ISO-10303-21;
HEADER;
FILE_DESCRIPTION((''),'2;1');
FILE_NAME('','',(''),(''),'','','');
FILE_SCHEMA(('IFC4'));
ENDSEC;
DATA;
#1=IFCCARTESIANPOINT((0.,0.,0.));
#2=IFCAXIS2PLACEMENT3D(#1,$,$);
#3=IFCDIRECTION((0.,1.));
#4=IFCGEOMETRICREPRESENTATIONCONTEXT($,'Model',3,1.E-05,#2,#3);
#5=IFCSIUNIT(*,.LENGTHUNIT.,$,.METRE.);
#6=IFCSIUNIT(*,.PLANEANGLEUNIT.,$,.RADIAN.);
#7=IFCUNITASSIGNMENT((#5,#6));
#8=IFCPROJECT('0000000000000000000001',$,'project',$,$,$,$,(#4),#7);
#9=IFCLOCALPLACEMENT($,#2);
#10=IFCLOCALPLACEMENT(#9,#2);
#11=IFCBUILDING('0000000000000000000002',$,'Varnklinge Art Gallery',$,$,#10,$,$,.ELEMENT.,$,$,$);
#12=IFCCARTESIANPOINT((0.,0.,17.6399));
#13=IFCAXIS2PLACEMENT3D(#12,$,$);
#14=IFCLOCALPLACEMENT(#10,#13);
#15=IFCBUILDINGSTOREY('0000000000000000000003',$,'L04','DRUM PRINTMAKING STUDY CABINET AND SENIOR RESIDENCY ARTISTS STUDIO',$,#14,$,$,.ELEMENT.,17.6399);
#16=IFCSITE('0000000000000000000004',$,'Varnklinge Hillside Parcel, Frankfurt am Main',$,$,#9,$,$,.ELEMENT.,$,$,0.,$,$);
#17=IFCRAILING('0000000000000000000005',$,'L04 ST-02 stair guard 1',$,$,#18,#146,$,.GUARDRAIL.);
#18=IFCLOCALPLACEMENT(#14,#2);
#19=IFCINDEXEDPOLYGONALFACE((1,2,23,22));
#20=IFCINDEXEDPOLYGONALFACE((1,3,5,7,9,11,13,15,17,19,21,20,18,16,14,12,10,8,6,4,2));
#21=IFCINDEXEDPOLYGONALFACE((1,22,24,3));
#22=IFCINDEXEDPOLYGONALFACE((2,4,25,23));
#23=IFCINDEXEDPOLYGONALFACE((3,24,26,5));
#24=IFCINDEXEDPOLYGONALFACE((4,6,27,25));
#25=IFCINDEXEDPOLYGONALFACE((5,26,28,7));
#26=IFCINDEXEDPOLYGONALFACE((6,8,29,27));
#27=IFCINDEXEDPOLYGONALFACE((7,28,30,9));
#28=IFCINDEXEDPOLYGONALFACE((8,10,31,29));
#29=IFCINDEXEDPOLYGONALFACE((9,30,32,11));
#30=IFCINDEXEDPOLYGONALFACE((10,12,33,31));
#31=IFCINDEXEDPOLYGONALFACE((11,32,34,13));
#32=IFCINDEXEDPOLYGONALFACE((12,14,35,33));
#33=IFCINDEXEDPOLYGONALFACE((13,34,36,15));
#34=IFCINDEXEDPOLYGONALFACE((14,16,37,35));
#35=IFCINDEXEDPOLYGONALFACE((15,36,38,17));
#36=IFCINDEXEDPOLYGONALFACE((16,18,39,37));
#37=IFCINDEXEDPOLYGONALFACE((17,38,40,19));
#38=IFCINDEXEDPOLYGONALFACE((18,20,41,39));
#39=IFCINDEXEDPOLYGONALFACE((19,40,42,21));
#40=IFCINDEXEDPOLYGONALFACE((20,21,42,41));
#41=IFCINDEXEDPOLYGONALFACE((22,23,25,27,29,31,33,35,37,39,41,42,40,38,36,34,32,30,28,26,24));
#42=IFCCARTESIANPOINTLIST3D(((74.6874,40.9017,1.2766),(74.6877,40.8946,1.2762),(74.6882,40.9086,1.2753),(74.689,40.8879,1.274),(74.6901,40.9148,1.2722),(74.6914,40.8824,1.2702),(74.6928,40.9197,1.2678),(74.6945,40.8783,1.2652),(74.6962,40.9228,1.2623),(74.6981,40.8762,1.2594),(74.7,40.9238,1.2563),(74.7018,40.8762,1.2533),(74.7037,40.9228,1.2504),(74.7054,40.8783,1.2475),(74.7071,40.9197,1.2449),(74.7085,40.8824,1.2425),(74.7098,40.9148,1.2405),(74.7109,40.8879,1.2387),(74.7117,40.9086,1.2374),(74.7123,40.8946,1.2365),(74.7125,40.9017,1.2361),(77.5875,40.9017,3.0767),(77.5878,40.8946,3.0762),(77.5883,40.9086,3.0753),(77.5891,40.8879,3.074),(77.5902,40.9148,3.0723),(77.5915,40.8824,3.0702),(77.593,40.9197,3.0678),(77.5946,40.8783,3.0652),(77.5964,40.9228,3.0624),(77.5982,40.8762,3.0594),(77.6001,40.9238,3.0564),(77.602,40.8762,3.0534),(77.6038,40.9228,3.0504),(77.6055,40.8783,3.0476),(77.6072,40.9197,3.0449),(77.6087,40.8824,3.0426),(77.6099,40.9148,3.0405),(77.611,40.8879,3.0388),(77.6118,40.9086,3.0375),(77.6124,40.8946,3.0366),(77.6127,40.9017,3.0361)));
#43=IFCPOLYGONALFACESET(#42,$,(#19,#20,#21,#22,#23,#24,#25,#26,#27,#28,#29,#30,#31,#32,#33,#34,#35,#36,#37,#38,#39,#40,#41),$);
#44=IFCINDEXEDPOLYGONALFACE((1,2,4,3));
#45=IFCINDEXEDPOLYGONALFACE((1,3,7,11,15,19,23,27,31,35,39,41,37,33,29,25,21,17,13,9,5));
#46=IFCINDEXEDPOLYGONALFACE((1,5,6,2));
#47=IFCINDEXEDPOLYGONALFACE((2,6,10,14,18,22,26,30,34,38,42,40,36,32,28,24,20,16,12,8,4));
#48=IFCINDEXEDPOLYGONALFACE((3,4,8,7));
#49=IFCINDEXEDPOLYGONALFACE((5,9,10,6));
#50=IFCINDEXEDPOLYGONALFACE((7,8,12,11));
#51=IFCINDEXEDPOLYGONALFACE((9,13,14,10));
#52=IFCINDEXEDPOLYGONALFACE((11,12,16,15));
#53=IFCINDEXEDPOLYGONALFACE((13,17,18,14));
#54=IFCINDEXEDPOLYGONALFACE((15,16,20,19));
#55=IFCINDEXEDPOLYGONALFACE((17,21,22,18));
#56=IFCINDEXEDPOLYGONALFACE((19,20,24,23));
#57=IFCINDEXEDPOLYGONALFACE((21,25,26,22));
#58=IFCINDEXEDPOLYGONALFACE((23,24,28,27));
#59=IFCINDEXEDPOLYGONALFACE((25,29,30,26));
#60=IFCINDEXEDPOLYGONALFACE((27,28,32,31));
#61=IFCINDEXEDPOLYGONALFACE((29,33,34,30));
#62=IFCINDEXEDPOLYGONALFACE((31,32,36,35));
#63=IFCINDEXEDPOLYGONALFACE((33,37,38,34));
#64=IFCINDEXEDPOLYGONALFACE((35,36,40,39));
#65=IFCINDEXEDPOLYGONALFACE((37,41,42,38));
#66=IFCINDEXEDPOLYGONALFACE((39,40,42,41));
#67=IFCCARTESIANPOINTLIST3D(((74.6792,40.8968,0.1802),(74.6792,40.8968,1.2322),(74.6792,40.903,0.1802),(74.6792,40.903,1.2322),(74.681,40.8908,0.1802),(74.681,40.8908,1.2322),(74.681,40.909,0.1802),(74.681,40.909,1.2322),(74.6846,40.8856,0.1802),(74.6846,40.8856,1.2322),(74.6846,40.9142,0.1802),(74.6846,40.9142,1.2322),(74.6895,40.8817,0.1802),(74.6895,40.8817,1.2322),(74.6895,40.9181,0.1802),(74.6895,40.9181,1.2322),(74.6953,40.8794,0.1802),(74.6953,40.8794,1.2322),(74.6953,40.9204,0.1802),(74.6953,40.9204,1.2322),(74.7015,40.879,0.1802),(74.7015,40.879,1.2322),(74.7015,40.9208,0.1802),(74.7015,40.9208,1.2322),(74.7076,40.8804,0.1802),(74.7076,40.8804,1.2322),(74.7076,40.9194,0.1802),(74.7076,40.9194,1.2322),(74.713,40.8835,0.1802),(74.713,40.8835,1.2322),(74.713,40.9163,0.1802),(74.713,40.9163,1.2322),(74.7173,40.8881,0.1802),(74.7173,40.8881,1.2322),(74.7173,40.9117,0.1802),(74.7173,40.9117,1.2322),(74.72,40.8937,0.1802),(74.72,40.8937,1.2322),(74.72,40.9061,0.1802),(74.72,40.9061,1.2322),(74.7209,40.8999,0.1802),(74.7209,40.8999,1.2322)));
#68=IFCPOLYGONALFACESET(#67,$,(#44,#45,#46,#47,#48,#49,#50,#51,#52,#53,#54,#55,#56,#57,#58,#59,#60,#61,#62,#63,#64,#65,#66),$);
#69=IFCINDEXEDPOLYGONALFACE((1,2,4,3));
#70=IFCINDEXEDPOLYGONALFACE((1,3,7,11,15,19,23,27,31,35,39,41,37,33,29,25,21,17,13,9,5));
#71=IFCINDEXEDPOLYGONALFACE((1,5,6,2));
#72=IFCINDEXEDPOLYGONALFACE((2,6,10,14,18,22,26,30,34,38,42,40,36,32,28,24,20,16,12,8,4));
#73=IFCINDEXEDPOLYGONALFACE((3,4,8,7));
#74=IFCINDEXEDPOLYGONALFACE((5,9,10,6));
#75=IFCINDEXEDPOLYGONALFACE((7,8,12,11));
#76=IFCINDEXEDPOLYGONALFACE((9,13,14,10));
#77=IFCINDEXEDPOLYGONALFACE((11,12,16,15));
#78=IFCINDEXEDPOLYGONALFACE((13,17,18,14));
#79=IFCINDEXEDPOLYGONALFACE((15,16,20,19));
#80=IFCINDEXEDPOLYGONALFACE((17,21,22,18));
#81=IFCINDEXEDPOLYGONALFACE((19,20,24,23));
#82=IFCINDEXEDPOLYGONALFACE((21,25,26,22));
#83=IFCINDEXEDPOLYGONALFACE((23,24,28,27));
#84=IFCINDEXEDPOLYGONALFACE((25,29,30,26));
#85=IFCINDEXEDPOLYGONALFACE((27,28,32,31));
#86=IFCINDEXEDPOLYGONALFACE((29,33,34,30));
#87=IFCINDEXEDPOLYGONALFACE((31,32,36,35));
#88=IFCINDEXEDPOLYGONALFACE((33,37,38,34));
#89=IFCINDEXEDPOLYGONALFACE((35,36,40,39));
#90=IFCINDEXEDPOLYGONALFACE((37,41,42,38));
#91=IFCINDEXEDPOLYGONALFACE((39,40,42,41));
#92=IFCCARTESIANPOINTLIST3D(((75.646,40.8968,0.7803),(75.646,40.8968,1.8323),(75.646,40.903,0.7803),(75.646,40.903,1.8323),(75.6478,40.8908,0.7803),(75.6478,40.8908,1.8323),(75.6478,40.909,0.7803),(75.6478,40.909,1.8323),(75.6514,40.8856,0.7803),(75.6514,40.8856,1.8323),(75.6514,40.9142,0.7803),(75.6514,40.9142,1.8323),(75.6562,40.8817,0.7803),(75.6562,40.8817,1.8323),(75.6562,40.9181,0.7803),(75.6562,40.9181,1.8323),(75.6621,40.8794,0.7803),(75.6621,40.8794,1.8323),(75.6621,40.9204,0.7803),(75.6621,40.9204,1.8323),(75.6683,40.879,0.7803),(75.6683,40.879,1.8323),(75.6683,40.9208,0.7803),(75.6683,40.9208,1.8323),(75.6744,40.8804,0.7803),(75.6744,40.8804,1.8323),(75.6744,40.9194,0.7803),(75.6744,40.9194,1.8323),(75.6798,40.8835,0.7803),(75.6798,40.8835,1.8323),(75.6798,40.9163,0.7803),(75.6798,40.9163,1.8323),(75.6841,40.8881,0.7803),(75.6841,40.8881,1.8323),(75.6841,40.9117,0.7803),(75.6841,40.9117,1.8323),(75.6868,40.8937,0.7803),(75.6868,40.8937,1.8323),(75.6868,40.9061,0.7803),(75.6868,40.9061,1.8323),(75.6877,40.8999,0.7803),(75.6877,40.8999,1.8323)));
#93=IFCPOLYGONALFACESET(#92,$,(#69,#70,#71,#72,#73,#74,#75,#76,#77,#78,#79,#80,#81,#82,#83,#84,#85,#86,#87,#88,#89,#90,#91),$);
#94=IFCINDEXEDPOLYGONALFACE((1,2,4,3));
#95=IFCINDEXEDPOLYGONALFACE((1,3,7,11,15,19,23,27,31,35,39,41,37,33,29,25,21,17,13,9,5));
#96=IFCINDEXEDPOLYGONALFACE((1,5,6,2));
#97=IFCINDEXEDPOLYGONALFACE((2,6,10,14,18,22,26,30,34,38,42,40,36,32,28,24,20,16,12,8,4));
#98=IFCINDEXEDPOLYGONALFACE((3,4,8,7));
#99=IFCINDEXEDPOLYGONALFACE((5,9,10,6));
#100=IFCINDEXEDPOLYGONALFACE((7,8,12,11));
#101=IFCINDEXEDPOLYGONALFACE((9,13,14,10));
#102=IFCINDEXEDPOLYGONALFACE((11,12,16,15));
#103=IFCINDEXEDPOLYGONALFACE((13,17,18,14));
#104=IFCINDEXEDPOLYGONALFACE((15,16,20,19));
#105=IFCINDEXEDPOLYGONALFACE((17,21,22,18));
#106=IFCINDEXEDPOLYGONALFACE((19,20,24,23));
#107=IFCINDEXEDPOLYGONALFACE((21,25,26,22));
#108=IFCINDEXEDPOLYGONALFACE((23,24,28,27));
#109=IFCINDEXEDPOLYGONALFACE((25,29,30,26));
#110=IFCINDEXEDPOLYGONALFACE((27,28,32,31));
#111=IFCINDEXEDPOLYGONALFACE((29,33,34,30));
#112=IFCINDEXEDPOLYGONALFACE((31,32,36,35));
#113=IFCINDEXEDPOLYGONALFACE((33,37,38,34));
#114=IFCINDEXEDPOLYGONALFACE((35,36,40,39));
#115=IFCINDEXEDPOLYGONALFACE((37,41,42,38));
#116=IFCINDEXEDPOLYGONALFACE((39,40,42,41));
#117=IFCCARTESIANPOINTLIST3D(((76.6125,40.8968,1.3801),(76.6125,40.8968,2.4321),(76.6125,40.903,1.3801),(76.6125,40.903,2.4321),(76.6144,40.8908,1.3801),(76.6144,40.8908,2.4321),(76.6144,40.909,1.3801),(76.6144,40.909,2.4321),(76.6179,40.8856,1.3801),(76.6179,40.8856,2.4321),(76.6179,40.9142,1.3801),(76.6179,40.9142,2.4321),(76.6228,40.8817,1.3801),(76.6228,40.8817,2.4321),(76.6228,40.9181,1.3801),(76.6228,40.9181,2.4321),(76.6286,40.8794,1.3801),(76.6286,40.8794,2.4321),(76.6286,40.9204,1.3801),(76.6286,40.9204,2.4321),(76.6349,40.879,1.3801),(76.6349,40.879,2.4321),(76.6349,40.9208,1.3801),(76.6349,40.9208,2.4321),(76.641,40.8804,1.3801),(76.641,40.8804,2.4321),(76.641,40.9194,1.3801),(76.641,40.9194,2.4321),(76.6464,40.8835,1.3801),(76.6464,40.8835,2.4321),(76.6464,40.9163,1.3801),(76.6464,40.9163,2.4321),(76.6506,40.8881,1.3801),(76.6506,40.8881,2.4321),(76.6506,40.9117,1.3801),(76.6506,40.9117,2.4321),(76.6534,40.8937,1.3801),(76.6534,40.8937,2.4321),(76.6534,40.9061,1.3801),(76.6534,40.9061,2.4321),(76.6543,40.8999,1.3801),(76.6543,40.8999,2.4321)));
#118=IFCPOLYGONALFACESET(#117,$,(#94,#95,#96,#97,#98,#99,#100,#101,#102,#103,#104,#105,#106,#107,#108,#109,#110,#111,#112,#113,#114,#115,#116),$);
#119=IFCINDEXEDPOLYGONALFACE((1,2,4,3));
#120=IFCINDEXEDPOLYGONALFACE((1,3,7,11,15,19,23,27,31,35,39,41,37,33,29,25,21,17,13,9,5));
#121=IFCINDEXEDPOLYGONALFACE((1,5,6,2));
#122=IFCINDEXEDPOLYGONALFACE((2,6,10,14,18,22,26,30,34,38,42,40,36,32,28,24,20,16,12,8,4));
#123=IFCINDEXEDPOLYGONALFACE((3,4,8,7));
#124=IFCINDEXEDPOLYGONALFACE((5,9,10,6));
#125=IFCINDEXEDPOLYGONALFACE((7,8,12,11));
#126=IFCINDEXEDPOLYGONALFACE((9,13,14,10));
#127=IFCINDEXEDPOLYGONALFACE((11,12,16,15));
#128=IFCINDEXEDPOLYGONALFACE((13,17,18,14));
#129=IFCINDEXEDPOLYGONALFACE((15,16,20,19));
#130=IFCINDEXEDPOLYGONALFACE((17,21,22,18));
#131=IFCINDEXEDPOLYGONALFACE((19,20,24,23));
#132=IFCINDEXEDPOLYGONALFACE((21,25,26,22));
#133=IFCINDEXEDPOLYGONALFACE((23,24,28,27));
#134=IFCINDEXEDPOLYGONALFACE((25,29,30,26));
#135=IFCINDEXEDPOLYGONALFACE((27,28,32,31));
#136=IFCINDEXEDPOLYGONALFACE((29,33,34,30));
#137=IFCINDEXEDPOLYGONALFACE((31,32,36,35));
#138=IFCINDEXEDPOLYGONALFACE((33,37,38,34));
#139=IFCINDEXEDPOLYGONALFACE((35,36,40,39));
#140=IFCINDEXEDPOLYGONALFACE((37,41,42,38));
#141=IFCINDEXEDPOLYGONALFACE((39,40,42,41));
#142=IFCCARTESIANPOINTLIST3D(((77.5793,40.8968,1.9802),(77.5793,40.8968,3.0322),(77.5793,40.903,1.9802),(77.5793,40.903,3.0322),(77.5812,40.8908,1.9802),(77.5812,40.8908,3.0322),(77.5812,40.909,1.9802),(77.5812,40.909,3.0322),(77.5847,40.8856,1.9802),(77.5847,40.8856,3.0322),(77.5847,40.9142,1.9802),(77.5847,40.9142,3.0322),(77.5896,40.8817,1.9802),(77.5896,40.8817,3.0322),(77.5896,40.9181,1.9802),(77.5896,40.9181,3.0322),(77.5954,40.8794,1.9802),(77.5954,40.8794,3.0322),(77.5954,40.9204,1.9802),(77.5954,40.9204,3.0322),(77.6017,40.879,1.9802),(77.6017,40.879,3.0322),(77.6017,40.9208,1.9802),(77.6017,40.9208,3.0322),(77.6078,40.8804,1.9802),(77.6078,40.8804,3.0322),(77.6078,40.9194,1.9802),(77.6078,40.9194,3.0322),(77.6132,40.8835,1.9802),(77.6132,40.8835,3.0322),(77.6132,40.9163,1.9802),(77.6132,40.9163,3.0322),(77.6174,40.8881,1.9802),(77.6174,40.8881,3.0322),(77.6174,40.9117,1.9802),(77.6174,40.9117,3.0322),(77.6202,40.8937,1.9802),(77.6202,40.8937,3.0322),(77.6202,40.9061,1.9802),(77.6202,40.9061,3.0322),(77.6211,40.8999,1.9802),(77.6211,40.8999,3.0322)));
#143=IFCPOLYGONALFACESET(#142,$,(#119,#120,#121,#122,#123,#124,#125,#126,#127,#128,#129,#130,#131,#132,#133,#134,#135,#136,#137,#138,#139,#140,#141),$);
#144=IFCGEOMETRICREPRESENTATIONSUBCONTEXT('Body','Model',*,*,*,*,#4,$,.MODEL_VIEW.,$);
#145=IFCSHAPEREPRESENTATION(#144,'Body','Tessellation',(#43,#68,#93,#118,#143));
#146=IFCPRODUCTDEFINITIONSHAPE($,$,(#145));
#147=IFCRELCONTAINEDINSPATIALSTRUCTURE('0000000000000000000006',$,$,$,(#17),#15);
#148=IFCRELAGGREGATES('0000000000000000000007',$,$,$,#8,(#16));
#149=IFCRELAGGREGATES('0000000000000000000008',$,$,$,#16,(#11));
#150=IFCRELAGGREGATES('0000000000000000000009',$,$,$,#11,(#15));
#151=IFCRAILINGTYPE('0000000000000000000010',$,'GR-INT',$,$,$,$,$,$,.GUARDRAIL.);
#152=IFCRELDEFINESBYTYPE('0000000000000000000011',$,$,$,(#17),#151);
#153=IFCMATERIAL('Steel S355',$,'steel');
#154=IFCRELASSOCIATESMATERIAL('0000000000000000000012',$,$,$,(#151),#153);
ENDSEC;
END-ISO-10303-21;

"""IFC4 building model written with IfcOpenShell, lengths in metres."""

from ifc_helpers import new_model, si_unit, direction, frame, origin, origin_2d, place, context, subcontext, project, spatial, circle, extrude, material, type_object, element, save


model = new_model("IFC4")

# Units and contexts
model_context = context("Model", 3, precision=1e-05, world=origin(), true_north=direction((0.0, 1.0)))
body_context = subcontext(model_context, "Body", "Model", "MODEL_VIEW")
ifc_project = project(units=[si_unit("LENGTHUNIT", "METRE"), si_unit("PLANEANGLEUNIT", "RADIAN")], contexts=[model_context])

# Site, building, storey
site_placement = place(None, origin())
site = spatial("IfcSite", under=ifc_project, at=site_placement, Name="Varnklinge Hillside Parcel, Frankfurt am Main", CompositionType="ELEMENT", RefElevation=0.0)
building_placement = place(site_placement, origin())
building = spatial("IfcBuilding", under=site, at=building_placement, Name="Varnklinge Art Gallery", CompositionType="ELEMENT")
storey_placement = place(building_placement, frame((0.0, 0.0, 17.6399)))
storey = spatial("IfcBuildingStorey", under=building, at=storey_placement, Name="L04", Description="DRUM PRINTMAKING STUDY CABINET AND SENIOR RESIDENCY ARTISTS STUDIO", CompositionType="ELEMENT", Elevation=17.6399)

# Railing
ifc_material_1 = material(Name="Steel S355", Category="steel")
railing_type_1 = type_object("IfcRailingType", Name="GR-INT", PredefinedType="GUARDRAIL", material=ifc_material_1)
railing_1_placement = place(storey_placement, frame((74.7, 40.8999, 0.1802)))
element("IfcRailing", 1, at=railing_1_placement, inside=storey, type_object=railing_type_1, Name="L04 ST-02 stair guard 1", PredefinedType="GUARDRAIL", context=body_context, shape_type="SweptSolid", body=[
    extrude(circle(Radius=0.0239, at=origin_2d()), frame((0.0, 0.0, 1.0762), z_axis=(0.849646, 0.0, 0.527354), x_axis=(0.0, 1.0, 0.0)), (0.0, 0.0, 1.0), 3.4133),
    extrude(circle(Radius=0.021, at=origin_2d()), origin(), (0.0, 0.0, 1.0), 1.052),
    extrude(circle(Radius=0.021, at=origin_2d()), frame((0.9668, 0.0, 0.6001)), (0.0, 0.0, 1.0), 1.052),
    extrude(circle(Radius=0.021, at=origin_2d()), frame((1.9333, 0.0, 1.2)), (0.0, 0.0, 1.0), 1.052),
    extrude(circle(Radius=0.021, at=origin_2d()), frame((2.9001, 0.0, 1.8)), (0.0, 0.0, 1.0), 1.052),
])

save(model, "model.ifc")
